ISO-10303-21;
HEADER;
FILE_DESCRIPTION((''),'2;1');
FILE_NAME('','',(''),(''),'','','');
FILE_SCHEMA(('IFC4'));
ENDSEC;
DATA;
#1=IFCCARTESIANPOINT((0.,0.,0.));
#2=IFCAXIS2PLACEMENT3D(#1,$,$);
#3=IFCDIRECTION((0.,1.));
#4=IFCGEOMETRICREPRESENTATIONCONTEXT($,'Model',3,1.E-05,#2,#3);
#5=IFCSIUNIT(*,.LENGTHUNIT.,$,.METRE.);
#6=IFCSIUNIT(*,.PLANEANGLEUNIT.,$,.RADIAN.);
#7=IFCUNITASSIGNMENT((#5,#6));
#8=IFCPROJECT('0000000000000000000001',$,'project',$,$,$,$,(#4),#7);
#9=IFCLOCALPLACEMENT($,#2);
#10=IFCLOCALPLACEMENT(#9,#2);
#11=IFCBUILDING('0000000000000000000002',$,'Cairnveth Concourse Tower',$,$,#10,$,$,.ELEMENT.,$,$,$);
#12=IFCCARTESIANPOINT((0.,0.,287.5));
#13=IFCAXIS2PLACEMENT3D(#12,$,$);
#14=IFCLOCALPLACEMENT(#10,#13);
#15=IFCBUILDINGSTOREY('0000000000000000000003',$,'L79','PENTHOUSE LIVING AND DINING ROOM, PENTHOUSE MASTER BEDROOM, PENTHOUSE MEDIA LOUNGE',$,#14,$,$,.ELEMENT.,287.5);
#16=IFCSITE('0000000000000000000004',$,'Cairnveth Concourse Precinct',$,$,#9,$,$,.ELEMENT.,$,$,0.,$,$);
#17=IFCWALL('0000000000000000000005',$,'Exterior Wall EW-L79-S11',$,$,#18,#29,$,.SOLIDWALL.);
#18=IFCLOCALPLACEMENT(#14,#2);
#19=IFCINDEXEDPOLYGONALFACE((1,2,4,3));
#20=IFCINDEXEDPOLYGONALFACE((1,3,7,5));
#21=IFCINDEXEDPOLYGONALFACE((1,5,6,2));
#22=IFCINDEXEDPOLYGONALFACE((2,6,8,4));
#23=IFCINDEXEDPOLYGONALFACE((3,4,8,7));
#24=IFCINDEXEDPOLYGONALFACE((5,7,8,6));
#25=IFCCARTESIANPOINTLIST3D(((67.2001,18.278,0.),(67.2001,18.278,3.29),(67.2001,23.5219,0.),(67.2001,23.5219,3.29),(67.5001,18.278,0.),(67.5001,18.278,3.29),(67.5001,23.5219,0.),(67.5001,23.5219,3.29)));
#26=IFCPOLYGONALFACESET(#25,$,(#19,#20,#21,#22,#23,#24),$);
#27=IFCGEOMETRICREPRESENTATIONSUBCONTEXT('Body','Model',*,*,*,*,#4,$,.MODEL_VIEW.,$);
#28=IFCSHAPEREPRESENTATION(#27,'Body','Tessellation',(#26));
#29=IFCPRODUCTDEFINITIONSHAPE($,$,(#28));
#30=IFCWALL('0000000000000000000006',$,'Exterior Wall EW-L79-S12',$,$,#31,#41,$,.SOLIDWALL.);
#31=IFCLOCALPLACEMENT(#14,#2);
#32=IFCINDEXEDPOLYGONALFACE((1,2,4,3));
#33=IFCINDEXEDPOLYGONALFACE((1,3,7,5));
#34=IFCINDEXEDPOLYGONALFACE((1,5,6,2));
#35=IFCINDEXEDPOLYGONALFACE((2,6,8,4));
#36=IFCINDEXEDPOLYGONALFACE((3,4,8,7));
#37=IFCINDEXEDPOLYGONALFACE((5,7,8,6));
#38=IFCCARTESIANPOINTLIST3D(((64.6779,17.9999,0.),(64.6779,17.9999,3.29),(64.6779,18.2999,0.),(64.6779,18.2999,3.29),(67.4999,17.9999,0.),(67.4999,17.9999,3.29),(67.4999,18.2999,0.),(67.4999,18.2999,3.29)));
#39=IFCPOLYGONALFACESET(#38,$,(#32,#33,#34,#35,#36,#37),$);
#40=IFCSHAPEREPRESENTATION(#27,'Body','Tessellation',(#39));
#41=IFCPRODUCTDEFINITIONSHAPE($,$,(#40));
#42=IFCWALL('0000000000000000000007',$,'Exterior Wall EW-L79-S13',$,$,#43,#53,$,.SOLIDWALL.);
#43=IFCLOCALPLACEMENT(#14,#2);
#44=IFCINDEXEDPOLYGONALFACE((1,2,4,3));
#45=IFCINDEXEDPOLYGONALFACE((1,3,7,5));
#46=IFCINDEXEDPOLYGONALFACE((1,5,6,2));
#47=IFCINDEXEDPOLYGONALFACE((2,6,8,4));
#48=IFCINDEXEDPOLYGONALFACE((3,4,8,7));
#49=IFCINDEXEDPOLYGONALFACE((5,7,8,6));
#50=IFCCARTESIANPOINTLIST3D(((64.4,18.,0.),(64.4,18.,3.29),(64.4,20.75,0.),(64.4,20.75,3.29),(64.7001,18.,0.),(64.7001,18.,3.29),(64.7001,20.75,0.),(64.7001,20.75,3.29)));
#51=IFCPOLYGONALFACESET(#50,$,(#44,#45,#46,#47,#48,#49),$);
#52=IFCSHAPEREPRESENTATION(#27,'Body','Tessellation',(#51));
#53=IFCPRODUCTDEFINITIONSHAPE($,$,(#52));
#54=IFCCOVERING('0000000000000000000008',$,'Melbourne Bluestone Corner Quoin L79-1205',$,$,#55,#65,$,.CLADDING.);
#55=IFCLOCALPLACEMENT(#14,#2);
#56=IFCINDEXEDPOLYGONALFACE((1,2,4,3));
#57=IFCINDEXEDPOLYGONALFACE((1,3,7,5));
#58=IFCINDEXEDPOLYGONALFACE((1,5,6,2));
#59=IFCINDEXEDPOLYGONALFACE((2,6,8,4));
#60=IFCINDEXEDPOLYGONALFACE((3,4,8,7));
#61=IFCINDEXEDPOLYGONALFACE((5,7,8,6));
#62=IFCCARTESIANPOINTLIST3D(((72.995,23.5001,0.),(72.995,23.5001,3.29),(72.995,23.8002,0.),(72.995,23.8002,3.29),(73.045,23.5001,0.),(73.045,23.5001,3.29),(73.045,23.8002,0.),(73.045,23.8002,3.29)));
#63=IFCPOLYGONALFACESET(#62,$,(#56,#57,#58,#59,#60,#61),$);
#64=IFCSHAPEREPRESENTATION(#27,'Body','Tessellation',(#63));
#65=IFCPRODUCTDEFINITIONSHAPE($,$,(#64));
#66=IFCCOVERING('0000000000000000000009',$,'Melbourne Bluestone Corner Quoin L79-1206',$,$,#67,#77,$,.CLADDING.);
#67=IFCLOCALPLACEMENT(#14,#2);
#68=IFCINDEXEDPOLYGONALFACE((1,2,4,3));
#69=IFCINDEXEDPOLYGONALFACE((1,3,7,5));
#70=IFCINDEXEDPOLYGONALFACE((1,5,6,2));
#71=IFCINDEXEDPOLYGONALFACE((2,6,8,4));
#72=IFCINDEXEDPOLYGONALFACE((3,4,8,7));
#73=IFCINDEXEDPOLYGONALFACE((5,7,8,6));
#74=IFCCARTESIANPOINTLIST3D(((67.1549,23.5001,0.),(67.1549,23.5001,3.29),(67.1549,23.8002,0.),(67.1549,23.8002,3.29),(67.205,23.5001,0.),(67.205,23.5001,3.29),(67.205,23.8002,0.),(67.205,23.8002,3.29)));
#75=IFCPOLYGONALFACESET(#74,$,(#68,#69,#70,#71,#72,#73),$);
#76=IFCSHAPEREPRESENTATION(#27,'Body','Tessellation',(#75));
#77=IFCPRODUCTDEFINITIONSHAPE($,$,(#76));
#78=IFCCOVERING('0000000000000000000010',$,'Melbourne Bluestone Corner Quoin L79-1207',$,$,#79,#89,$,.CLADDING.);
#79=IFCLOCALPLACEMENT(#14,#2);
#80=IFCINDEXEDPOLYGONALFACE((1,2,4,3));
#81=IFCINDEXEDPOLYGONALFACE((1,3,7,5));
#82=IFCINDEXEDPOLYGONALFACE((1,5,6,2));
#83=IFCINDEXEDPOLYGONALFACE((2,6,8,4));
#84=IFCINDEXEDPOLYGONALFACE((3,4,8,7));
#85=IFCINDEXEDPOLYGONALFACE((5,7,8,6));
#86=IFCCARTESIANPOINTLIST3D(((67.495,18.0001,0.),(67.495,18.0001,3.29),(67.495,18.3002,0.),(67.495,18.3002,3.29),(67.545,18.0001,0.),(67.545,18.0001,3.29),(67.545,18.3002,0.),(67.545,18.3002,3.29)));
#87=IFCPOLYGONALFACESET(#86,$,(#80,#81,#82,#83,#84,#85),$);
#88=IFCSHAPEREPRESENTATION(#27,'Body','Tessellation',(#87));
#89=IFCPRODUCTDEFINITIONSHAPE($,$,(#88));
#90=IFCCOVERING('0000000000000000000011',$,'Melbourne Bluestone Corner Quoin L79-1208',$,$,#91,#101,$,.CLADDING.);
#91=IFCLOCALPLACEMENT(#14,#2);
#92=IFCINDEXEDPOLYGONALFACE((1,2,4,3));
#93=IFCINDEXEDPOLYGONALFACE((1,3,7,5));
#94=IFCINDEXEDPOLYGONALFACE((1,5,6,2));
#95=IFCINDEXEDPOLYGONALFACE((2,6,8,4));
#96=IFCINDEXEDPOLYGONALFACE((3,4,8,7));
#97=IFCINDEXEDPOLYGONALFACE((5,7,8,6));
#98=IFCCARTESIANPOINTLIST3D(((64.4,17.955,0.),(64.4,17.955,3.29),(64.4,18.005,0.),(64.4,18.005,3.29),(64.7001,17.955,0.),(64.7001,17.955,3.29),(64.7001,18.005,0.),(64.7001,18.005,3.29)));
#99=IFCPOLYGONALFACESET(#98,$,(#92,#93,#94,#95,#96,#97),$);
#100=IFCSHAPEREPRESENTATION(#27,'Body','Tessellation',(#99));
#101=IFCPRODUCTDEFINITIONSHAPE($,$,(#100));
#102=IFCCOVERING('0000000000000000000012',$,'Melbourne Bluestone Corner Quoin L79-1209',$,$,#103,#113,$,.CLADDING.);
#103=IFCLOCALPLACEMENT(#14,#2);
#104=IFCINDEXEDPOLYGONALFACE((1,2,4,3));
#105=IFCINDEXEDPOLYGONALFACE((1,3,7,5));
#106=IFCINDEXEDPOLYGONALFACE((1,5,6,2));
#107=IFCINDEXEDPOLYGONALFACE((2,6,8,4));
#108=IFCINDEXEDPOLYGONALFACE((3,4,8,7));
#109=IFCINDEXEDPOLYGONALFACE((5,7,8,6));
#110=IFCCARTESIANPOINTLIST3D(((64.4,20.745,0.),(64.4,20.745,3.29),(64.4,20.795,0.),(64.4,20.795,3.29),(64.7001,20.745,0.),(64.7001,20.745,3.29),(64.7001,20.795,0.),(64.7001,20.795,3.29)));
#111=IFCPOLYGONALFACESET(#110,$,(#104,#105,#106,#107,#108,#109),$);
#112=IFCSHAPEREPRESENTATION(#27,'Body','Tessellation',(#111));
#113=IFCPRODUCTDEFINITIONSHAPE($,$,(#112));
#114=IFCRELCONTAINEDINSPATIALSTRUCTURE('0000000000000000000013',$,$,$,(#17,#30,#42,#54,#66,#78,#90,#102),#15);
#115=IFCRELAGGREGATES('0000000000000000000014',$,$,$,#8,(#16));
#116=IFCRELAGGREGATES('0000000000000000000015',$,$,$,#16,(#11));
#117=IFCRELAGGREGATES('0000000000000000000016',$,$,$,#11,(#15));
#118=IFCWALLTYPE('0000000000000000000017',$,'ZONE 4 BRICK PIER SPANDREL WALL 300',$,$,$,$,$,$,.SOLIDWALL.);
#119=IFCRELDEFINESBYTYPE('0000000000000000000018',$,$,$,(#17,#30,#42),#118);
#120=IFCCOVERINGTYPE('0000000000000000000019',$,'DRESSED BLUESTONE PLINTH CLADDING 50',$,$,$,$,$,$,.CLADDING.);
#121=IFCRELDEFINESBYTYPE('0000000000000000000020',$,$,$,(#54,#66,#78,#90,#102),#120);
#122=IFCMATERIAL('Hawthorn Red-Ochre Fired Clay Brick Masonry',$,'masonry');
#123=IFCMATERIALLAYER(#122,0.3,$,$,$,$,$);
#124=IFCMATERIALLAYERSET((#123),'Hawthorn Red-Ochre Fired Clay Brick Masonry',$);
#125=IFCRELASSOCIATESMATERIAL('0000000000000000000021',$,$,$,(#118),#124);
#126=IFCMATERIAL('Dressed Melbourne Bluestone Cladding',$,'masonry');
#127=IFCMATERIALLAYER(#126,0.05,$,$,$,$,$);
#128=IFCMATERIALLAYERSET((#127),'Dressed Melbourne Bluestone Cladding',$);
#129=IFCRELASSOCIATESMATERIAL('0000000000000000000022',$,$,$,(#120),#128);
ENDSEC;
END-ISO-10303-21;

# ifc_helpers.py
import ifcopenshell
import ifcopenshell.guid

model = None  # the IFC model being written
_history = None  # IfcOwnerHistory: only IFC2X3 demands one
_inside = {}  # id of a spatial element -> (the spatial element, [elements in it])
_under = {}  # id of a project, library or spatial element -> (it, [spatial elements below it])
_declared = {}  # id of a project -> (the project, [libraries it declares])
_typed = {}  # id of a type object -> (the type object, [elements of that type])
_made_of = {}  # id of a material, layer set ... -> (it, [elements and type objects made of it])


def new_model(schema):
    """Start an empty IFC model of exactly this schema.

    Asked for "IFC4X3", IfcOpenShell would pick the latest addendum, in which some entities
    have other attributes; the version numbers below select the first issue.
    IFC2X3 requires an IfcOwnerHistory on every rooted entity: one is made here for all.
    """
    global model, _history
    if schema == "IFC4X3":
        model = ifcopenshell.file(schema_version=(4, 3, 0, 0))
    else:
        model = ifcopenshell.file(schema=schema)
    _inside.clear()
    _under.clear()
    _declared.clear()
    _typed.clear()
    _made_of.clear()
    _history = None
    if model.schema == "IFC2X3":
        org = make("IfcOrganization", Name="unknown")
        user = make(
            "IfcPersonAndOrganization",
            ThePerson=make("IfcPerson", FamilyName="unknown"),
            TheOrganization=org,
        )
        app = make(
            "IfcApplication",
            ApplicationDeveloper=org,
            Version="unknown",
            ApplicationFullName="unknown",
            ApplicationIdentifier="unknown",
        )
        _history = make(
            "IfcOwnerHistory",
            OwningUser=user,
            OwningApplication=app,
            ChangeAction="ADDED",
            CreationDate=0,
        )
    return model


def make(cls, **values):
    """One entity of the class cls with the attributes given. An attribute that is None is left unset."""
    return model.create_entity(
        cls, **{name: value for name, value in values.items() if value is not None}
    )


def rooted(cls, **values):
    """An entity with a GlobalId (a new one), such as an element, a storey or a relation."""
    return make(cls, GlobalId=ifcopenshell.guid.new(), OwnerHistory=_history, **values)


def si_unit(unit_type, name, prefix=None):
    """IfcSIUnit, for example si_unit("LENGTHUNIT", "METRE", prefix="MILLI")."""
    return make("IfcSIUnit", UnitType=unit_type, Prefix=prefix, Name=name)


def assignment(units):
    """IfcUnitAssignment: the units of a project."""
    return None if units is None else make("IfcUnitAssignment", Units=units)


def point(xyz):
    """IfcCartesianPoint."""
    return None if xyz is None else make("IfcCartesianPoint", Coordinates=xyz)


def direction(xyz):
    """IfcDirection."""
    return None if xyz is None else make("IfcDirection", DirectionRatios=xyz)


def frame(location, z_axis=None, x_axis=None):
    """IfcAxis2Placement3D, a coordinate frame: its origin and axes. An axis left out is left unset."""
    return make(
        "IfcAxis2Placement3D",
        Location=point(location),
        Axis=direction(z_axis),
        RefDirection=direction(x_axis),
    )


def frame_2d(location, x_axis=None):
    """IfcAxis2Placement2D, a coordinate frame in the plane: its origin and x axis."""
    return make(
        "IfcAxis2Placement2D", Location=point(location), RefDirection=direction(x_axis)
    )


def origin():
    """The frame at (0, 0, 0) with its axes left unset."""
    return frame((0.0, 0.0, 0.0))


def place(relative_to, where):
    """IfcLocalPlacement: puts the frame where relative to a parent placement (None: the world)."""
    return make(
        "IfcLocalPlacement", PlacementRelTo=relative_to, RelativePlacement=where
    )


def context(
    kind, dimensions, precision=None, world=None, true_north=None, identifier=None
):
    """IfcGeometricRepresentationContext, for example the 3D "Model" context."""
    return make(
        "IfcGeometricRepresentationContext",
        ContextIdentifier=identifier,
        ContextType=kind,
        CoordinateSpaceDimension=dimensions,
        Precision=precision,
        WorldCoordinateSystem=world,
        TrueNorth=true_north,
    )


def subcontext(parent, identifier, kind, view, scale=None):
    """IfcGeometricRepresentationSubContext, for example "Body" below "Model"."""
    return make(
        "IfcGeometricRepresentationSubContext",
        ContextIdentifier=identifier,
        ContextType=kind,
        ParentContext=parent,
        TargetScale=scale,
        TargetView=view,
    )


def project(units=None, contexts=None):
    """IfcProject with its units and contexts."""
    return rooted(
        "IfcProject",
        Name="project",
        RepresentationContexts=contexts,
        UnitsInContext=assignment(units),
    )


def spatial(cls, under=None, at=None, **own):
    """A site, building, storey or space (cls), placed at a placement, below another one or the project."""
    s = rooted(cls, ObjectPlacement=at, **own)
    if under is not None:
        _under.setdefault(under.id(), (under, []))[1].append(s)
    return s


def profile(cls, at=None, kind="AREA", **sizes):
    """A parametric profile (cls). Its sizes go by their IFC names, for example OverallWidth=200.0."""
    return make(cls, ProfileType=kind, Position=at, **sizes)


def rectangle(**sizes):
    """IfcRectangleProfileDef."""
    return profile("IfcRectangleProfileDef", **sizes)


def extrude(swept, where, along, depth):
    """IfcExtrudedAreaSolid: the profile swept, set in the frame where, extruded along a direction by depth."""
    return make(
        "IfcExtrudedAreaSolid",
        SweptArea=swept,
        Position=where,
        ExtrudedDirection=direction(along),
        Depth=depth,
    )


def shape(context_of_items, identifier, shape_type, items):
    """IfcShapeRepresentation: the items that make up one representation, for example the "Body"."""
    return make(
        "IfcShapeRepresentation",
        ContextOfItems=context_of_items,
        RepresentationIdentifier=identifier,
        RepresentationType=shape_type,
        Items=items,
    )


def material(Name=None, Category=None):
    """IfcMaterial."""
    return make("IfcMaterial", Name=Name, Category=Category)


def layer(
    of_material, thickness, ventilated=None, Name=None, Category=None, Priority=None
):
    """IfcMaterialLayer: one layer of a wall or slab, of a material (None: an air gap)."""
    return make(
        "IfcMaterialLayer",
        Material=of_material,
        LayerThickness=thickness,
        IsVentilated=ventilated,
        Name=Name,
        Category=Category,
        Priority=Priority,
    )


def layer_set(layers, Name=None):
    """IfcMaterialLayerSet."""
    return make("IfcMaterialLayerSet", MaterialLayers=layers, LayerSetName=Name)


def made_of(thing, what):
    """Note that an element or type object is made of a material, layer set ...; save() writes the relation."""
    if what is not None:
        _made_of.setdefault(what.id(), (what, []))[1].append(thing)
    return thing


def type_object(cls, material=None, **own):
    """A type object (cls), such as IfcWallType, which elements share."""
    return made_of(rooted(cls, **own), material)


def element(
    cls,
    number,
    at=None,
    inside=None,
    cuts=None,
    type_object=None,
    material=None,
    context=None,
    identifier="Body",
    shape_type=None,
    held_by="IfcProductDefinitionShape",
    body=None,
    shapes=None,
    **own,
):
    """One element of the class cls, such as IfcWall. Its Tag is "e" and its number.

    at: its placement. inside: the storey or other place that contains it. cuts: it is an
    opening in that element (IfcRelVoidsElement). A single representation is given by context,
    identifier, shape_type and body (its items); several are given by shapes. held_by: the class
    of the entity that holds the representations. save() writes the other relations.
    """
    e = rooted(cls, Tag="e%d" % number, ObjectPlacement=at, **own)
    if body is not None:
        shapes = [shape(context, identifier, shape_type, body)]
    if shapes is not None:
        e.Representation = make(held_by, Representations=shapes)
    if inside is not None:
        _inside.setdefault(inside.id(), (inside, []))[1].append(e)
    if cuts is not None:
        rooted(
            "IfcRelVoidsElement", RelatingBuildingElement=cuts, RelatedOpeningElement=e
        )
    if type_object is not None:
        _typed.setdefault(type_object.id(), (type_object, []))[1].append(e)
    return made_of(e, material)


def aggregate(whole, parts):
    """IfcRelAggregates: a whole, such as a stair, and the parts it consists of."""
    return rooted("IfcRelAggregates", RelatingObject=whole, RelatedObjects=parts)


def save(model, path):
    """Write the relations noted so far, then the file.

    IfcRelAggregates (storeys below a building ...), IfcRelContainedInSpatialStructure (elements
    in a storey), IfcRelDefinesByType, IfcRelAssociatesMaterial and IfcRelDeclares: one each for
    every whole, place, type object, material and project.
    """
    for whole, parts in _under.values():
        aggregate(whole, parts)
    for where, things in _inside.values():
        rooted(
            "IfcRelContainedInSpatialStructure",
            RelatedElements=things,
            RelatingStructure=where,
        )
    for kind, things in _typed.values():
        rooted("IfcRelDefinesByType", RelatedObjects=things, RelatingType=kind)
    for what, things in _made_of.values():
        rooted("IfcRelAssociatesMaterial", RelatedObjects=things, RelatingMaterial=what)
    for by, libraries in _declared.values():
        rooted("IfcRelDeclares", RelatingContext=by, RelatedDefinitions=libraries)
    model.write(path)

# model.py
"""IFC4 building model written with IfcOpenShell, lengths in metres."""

from ifc_helpers import new_model, si_unit, direction, frame, frame_2d, origin, place, context, subcontext, project, spatial, rectangle, extrude, material, layer, layer_set, type_object, element, save


model = new_model("IFC4")

# Units and contexts
model_context = context("Model", 3, precision=1e-05, world=origin(), true_north=direction((0.0, 1.0)))
body_context = subcontext(model_context, "Body", "Model", "MODEL_VIEW")
ifc_project = project(units=[si_unit("LENGTHUNIT", "METRE"), si_unit("PLANEANGLEUNIT", "RADIAN")], contexts=[model_context])

# Site, building, storey
site_placement = place(None, origin())
site = spatial("IfcSite", under=ifc_project, at=site_placement, Name="Cairnveth Concourse Precinct", CompositionType="ELEMENT", RefElevation=0.0)
building_placement = place(site_placement, origin())
building = spatial("IfcBuilding", under=site, at=building_placement, Name="Cairnveth Concourse Tower", CompositionType="ELEMENT")
storey_placement = place(building_placement, frame((0.0, 0.0, 287.5)))
storey = spatial("IfcBuildingStorey", under=building, at=storey_placement, Name="L79", Description="PENTHOUSE LIVING AND DINING ROOM, PENTHOUSE MASTER BEDROOM, PENTHOUSE MEDIA LOUNGE", CompositionType="ELEMENT", Elevation=287.5)

# Shared definitions
ifc_material_1 = material(Name="Hawthorn Red-Ochre Fired Clay Brick Masonry", Category="masonry")
ifc_layer_1 = layer(ifc_material_1, 0.3)
ifc_layer_set_1 = layer_set([ifc_layer_1], Name="Hawthorn Red-Ochre Fired Clay Brick Masonry")
wall_type_1 = type_object("IfcWallType", Name="ZONE 4 BRICK PIER SPANDREL WALL 300", PredefinedType="SOLIDWALL", material=ifc_layer_set_1)

# Walls
wall_1_placement = place(storey_placement, frame((67.3501, 23.522, 0.0), z_axis=(0.0, 0.0, 1.0), x_axis=(0.0, -1.0, 0.0)))
element("IfcWall", 1, at=wall_1_placement, inside=storey, type_object=wall_type_1, Name="Exterior Wall EW-L79-S11", PredefinedType="SOLIDWALL", context=body_context, shape_type="SweptSolid", body=[
    extrude(rectangle(XDim=5.2439, YDim=0.3, at=frame_2d((2.6221, 0.0))), origin(), (0.0, 0.0, 1.0), 3.29),
])
wall_2_placement = place(storey_placement, frame((67.5, 18.1499, 0.0), z_axis=(0.0, 0.0, 1.0), x_axis=(-1.0, 0.0, 0.0)))
element("IfcWall", 2, at=wall_2_placement, inside=storey, type_object=wall_type_1, Name="Exterior Wall EW-L79-S12", PredefinedType="SOLIDWALL", context=body_context, shape_type="SweptSolid", body=[
    extrude(rectangle(XDim=2.822, YDim=0.3, at=frame_2d((1.4111, 0.0))), origin(), (0.0, 0.0, 1.0), 3.29),
])
wall_3_placement = place(storey_placement, frame((64.55, 18.0, 0.0), z_axis=(0.0, 0.0, 1.0), x_axis=(0.0, 1.0, 0.0)))
element("IfcWall", 3, at=wall_3_placement, inside=storey, type_object=wall_type_1, Name="Exterior Wall EW-L79-S13", PredefinedType="SOLIDWALL", context=body_context, shape_type="SweptSolid", body=[
    extrude(rectangle(XDim=2.75, YDim=0.3, at=frame_2d((1.375, 0.0))), origin(), (0.0, 0.0, 1.0), 3.29),
])

# Coverings
ifc_material_2 = material(Name="Dressed Melbourne Bluestone Cladding", Category="masonry")
ifc_layer_2 = layer(ifc_material_2, 0.05)
ifc_layer_set_2 = layer_set([ifc_layer_2], Name="Dressed Melbourne Bluestone Cladding")
covering_type = type_object("IfcCoveringType", Name="DRESSED BLUESTONE PLINTH CLADDING 50", PredefinedType="CLADDING", material=ifc_layer_set_2)
for number, where, z_axis, x_axis, name in (
    (4, (73.02, 23.8, 0.0), (0.0, 0.0, 1.0), (0.0, -1.0, 0.0), "Melbourne Bluestone Corner Quoin L79-1205"),
    (5, (67.1799, 23.8, 0.0), (0.0, 0.0, 1.0), (0.0, -1.0, 0.0), "Melbourne Bluestone Corner Quoin L79-1206"),
    (6, (67.52, 18.3, 0.0), (0.0, 0.0, 1.0), (0.0, -1.0, 0.0), "Melbourne Bluestone Corner Quoin L79-1207"),
    (7, (64.7, 17.98, 0.0), (0.0, 0.0, 1.0), (-1.0, 0.0, 0.0), "Melbourne Bluestone Corner Quoin L79-1208"),
    (8, (64.7, 20.77, 0.0), (0.0, 0.0, 1.0), (-1.0, 0.0, 0.0), "Melbourne Bluestone Corner Quoin L79-1209"),
):
    element("IfcCovering", number, at=place(storey_placement, frame(where, z_axis=z_axis, x_axis=x_axis)), inside=storey, type_object=covering_type, Name=name, PredefinedType="CLADDING", context=body_context, shape_type="SweptSolid", body=[
        extrude(rectangle(XDim=0.3, YDim=0.05, at=frame_2d((0.1499, 0.0))), origin(), (0.0, 0.0, 1.0), 3.29),
    ])

save(model, "model.ifc")
